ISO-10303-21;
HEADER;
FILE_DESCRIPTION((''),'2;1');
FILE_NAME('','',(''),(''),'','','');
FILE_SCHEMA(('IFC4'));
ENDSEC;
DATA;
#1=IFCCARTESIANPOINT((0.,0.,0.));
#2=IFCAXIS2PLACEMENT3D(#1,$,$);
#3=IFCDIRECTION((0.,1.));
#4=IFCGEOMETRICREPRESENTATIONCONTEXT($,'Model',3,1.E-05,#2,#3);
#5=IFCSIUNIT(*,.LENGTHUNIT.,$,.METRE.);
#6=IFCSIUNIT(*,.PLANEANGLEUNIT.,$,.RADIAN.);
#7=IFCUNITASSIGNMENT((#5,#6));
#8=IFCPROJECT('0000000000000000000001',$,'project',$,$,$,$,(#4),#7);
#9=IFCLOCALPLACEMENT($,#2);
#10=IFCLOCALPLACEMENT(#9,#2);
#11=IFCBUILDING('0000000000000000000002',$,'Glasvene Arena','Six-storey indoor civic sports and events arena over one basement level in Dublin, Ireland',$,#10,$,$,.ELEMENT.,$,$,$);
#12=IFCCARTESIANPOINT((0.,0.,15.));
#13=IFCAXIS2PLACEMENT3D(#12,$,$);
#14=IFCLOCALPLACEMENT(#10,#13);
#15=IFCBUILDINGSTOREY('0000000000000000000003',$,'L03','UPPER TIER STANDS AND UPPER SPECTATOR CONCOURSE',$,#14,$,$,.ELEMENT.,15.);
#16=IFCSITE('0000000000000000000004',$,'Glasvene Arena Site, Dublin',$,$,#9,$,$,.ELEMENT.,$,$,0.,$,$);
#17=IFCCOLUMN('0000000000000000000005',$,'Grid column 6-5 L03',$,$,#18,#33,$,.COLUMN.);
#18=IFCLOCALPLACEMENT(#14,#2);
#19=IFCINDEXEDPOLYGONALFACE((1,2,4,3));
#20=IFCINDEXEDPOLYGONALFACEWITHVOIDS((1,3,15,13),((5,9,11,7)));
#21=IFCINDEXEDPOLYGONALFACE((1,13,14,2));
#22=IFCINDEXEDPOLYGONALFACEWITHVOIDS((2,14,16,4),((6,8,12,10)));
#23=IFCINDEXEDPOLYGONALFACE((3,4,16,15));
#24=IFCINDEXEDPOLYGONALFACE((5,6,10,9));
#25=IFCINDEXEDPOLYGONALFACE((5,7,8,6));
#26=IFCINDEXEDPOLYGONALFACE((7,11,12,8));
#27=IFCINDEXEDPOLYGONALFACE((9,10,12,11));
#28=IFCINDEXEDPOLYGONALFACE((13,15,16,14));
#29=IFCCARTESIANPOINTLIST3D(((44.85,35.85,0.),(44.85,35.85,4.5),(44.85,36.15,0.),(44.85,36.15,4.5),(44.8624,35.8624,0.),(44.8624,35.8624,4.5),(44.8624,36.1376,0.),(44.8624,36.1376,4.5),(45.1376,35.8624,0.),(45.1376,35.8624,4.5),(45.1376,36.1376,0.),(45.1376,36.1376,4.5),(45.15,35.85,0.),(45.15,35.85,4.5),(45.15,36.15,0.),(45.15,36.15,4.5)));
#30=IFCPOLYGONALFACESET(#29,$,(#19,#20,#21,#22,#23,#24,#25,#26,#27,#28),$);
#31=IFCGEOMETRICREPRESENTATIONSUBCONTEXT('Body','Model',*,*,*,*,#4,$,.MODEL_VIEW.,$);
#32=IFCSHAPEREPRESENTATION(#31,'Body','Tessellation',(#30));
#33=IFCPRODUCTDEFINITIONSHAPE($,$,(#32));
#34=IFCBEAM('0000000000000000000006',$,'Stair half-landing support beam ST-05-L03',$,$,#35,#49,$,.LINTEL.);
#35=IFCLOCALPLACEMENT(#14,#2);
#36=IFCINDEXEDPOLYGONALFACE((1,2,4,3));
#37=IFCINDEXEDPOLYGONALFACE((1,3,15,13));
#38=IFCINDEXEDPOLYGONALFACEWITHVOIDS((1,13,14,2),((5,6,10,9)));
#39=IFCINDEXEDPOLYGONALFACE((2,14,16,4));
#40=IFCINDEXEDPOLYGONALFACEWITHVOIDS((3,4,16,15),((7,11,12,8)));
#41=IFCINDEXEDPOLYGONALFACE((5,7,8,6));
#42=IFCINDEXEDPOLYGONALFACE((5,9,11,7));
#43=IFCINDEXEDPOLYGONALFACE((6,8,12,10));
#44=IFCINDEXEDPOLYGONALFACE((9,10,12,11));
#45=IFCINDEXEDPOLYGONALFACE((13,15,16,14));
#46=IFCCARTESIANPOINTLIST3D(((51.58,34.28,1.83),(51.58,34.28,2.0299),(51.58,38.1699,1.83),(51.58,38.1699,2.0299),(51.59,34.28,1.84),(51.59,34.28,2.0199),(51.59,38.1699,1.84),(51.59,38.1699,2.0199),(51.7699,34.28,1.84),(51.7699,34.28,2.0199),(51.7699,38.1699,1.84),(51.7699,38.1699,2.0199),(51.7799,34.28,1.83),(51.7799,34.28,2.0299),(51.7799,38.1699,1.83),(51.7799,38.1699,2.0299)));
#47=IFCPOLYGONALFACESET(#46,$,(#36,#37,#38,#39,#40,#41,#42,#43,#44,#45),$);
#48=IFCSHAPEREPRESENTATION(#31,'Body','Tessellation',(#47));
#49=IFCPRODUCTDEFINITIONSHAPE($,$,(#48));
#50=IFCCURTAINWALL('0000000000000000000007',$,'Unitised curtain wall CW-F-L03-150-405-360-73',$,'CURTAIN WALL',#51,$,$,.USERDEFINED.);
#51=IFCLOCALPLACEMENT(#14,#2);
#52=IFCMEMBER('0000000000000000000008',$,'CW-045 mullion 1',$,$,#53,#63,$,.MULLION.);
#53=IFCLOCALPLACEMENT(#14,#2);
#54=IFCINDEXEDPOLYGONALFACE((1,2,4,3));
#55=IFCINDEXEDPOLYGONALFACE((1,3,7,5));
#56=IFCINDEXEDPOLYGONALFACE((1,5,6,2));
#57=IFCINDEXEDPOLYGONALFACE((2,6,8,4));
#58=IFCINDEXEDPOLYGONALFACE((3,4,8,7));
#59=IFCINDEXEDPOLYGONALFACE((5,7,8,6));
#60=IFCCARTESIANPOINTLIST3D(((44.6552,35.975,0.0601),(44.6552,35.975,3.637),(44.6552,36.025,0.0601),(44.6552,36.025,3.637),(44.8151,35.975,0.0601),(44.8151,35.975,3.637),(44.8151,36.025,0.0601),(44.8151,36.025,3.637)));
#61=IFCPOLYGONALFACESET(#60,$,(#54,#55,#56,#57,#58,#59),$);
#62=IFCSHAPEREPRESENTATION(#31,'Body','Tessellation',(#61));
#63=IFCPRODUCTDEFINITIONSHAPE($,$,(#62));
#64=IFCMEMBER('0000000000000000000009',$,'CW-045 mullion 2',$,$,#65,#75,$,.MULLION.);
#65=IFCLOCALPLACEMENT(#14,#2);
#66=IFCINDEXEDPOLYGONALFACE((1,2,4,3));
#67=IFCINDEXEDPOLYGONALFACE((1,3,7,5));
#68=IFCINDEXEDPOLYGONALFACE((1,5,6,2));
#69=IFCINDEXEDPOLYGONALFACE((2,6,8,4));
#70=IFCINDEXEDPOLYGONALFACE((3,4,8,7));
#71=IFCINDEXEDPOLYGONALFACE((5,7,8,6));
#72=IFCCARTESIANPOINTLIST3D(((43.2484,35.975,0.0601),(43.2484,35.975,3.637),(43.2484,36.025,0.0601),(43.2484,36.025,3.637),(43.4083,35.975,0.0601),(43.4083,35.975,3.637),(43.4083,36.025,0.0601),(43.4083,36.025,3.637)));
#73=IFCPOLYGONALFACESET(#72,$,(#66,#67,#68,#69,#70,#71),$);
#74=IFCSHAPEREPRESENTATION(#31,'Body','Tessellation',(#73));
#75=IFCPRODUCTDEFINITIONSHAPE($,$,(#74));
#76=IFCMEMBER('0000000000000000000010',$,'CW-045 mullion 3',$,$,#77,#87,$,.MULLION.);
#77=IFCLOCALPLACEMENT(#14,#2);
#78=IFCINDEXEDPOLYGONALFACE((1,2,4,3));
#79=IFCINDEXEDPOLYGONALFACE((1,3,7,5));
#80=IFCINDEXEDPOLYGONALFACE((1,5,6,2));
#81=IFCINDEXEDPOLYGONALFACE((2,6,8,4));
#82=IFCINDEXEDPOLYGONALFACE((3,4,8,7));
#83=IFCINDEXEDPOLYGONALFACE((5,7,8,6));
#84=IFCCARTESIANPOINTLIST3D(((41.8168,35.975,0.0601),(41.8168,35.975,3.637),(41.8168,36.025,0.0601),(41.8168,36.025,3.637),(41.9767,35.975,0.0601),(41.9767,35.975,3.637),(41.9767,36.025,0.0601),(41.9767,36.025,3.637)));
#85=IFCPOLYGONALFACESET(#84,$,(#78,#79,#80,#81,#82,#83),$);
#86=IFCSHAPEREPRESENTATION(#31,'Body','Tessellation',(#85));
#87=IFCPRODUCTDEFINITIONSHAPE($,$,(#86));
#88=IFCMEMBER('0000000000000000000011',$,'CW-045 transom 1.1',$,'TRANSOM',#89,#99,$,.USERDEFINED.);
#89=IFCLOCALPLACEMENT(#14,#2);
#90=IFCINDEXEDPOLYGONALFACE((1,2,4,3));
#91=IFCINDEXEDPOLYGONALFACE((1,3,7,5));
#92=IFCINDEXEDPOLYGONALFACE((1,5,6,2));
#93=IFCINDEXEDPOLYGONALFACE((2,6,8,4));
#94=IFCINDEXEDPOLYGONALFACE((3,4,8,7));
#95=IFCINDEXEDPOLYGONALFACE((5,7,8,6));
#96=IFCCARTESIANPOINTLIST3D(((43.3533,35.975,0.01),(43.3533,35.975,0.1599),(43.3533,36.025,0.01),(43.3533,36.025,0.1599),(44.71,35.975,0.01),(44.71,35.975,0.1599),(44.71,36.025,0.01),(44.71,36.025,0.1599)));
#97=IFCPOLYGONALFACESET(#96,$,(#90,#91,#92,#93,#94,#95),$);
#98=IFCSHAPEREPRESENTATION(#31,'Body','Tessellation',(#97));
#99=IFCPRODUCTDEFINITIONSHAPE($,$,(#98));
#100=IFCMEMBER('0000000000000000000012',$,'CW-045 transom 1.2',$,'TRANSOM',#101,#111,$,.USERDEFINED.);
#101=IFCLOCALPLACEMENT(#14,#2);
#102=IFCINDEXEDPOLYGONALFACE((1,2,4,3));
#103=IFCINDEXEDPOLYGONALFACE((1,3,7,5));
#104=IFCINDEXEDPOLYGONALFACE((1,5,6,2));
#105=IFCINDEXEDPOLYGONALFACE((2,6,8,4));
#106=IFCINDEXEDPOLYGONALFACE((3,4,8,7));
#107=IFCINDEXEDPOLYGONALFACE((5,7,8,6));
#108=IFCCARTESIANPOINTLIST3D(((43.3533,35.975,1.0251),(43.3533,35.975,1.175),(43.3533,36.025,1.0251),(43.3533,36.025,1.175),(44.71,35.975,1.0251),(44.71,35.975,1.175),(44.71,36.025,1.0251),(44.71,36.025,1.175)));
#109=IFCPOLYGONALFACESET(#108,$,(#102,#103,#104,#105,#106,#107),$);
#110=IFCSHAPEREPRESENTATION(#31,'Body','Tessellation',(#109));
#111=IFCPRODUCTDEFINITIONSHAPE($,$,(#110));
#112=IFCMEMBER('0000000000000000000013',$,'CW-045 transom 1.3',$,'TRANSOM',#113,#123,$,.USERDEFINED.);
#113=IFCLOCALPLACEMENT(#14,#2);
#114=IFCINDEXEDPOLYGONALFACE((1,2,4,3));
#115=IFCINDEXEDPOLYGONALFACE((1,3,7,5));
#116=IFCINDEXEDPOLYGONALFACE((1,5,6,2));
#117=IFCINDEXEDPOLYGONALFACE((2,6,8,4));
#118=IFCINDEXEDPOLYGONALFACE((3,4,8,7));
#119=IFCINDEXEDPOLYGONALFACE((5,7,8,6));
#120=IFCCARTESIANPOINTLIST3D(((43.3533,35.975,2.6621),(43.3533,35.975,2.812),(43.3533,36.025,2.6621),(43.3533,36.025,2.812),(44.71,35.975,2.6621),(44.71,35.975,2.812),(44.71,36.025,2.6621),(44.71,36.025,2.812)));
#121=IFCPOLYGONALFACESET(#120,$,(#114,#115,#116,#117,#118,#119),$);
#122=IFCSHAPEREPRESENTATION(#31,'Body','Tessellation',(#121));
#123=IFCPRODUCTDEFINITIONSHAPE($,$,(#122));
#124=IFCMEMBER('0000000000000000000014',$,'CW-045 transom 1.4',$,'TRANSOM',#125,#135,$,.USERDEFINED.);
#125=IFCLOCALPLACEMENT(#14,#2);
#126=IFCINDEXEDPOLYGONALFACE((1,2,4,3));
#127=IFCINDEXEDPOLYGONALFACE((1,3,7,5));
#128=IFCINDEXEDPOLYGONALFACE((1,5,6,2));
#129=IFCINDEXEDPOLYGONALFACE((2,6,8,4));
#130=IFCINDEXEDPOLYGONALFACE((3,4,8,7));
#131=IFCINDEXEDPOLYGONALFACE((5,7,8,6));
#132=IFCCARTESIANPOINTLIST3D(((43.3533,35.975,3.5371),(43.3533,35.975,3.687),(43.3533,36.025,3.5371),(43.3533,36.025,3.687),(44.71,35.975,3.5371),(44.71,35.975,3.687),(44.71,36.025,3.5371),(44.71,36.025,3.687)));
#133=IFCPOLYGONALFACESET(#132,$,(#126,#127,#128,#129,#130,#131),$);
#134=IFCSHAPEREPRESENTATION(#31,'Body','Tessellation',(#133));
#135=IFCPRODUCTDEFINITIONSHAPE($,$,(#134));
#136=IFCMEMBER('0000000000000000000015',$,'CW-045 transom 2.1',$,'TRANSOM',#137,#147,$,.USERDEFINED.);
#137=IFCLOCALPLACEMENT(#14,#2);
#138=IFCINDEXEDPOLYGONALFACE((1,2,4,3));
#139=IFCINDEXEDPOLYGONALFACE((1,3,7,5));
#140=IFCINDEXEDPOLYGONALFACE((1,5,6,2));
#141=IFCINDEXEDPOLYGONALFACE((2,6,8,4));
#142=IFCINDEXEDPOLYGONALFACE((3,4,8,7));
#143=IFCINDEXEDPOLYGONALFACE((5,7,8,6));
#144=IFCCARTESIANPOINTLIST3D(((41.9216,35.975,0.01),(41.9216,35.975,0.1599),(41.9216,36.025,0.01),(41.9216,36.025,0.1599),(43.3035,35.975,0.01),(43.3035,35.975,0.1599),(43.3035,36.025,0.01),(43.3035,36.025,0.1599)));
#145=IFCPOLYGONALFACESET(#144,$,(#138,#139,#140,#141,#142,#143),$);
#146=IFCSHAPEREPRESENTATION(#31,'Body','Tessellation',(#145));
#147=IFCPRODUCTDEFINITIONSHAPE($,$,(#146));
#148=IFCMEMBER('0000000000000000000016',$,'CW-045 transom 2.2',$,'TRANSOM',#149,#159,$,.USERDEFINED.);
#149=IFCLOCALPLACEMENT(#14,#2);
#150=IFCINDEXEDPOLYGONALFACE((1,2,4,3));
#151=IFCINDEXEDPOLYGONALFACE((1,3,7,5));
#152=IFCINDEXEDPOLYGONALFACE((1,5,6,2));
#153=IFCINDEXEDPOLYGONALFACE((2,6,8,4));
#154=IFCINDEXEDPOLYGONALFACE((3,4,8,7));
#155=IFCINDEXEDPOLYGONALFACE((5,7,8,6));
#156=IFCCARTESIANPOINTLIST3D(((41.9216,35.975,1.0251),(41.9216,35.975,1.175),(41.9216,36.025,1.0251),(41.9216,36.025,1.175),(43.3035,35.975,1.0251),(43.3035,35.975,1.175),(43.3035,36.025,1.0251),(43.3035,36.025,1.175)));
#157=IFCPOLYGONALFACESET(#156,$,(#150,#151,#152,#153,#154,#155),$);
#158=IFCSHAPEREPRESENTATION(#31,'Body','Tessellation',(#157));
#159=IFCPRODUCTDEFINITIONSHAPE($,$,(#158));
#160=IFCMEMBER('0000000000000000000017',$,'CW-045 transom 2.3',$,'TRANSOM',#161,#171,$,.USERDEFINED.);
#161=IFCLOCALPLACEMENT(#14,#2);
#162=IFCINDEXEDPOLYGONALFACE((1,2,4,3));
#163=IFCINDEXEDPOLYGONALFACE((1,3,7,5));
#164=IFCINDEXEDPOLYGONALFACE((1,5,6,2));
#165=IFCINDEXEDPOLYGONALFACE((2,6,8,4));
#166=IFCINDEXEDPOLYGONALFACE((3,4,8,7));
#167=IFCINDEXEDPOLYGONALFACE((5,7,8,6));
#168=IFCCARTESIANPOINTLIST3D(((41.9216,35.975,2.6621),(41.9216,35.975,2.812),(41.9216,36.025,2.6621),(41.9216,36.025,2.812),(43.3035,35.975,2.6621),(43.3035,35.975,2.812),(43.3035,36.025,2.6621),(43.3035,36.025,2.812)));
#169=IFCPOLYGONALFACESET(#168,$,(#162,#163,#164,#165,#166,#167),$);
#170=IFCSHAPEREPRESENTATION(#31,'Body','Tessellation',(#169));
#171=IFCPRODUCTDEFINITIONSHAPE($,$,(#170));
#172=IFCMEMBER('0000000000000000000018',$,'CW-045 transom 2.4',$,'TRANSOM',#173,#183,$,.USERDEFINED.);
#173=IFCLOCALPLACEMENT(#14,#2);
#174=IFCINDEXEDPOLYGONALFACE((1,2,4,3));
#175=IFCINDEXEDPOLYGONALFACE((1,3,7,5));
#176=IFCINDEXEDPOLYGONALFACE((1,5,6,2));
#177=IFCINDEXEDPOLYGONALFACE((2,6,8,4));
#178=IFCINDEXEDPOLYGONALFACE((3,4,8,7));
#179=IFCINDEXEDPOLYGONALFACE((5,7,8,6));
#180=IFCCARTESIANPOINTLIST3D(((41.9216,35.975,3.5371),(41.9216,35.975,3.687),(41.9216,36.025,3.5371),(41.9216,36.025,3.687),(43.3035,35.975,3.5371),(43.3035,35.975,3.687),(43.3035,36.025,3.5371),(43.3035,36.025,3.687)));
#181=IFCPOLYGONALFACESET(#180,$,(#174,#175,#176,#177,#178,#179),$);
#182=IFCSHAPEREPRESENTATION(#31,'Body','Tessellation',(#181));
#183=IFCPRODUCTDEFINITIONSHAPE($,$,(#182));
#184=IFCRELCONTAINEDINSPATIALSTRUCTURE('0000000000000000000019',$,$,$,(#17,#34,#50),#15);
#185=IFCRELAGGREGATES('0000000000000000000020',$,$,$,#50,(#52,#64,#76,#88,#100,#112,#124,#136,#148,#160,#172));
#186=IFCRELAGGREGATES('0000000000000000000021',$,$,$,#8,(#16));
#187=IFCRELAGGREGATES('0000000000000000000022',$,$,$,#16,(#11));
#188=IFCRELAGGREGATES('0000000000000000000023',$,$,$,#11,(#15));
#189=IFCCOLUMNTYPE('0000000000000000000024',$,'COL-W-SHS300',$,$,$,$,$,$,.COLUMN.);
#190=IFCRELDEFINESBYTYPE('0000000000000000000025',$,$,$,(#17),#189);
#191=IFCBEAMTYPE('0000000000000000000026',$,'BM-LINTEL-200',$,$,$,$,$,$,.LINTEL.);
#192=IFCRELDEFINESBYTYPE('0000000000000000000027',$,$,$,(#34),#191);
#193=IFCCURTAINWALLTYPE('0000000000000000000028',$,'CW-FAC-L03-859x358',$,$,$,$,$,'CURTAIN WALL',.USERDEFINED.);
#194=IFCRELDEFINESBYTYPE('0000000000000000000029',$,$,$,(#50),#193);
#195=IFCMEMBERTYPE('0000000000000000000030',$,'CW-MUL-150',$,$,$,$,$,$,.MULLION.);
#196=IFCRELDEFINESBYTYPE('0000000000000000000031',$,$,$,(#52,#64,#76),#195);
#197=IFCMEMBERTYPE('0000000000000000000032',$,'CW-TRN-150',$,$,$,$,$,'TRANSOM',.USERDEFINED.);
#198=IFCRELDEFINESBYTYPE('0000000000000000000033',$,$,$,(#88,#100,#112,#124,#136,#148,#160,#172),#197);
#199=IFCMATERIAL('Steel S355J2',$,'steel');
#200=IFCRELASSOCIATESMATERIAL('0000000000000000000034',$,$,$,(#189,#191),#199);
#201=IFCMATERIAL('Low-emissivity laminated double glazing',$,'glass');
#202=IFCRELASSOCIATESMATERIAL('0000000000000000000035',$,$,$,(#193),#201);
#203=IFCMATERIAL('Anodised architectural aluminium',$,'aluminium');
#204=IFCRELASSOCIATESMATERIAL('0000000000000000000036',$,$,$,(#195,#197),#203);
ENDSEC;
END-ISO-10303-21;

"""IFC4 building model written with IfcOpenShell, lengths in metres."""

from ifc_helpers import new_model, si_unit, direction, frame, origin, origin_2d, place, context, subcontext, project, spatial, rectangle, hollow_rectangle, extrude, material, material_profile, profile_set, type_object, element, aggregate, save


model = new_model("IFC4")

# Units and contexts
model_context = context("Model", 3, precision=1e-05, world=origin(), true_north=direction((0.0, 1.0)))
body_context = subcontext(model_context, "Body", "Model", "MODEL_VIEW")
ifc_project = project(units=[si_unit("LENGTHUNIT", "METRE"), si_unit("PLANEANGLEUNIT", "RADIAN")], contexts=[model_context])

# Site, building, storey
site_placement = place(None, origin())
site = spatial("IfcSite", under=ifc_project, at=site_placement, Name="Glasvene Arena Site, Dublin", CompositionType="ELEMENT", RefElevation=0.0)
building_placement = place(site_placement, origin())
building = spatial("IfcBuilding", under=site, at=building_placement, Name="Glasvene Arena", Description="Six-storey indoor civic sports and events arena over one basement level in Dublin, Ireland", CompositionType="ELEMENT")
storey_placement = place(building_placement, frame((0.0, 0.0, 15.0)))
storey = spatial("IfcBuildingStorey", under=building, at=storey_placement, Name="L03", Description="UPPER TIER STANDS AND UPPER SPECTATOR CONCOURSE", CompositionType="ELEMENT", Elevation=15.0)

# Column
ifc_material_1 = material(Name="Steel S355J2", Category="steel")
ifc_material_profile_1 = material_profile(ifc_material_1, hollow_rectangle(XDim=0.3, YDim=0.3, WallThickness=0.0125, at=origin_2d()), Name="SHS 300x300x12.5")
ifc_profile_set_1 = profile_set([ifc_material_profile_1], Name="Steel S355J2")
column_type = type_object("IfcColumnType", Name="COL-W-SHS300", PredefinedType="COLUMN", material=ifc_profile_set_1)
column_placement = place(storey_placement, frame((45.0, 36.0, 0.0), z_axis=(0.0, 0.0, 1.0), x_axis=(1.0, 0.0, 0.0)))
element("IfcColumn", 1, at=column_placement, inside=storey, type_object=column_type, Name="Grid column 6-5 L03", PredefinedType="COLUMN", context=body_context, shape_type="SweptSolid", body=[
    extrude(hollow_rectangle(XDim=0.3, YDim=0.3, WallThickness=0.0125, at=origin_2d()), origin(), (0.0, 0.0, 1.0), 4.5),
])

# Beam
ifc_material_profile_2 = material_profile(ifc_material_1, hollow_rectangle(XDim=0.2, YDim=0.2, WallThickness=0.01, at=origin_2d()), Name="SHS 200x200x10.0")
ifc_profile_set_2 = profile_set([ifc_material_profile_2], Name="Steel S355J2")
beam_type = type_object("IfcBeamType", Name="BM-LINTEL-200", PredefinedType="LINTEL", material=ifc_profile_set_2)
beam_placement = place(storey_placement, frame((51.6799, 34.28, 1.9299), z_axis=(0.0, 1.0, 0.0), x_axis=(-1.0, 0.0, 0.0)))
element("IfcBeam", 2, at=beam_placement, inside=storey, type_object=beam_type, Name="Stair half-landing support beam ST-05-L03", PredefinedType="LINTEL", context=body_context, shape_type="SweptSolid", body=[
    extrude(hollow_rectangle(XDim=0.2, YDim=0.2, WallThickness=0.01, at=origin_2d()), origin(), (0.0, 0.0, 1.0), 3.8899),
])

# Curtain wall, members
ifc_material_2 = material(Name="Low-emissivity laminated double glazing", Category="glass")
curtain_wall_type = type_object("IfcCurtainWallType", Name="CW-FAC-L03-859x358", ElementType="CURTAIN WALL", PredefinedType="USERDEFINED", material=ifc_material_2)
curtain_wall_placement = place(storey_placement, frame((44.76, 36.0, 0.0)))
curtain_wall = element("IfcCurtainWall", 3, at=curtain_wall_placement, inside=storey, type_object=curtain_wall_type, Name="Unitised curtain wall CW-F-L03-150-405-360-73", ObjectType="CURTAIN WALL", PredefinedType="USERDEFINED")
ifc_material_3 = material(Name="Anodised architectural aluminium", Category="aluminium")
ifc_material_profile_3 = material_profile(ifc_material_3, rectangle(XDim=0.05, YDim=0.1599, at=origin_2d()), Name="ALU MULLION 50x160")
ifc_profile_set_3 = profile_set([ifc_material_profile_3], Name="Anodised architectural aluminium")
member_type_1 = type_object("IfcMemberType", Name="CW-MUL-150", PredefinedType="MULLION", material=ifc_profile_set_3)
member_1_placement = place(storey_placement, frame((44.7351, 36.0, 0.0601), z_axis=(0.0, 0.0, 1.0), x_axis=(0.0, -1.0, 0.0)))
member_1 = element("IfcMember", 4, at=member_1_placement, type_object=member_type_1, Name="CW-045 mullion 1", PredefinedType="MULLION", context=body_context, shape_type="SweptSolid", body=[
    extrude(rectangle(XDim=0.05, YDim=0.1599, at=origin_2d()), origin(), (0.0, 0.0, 1.0), 3.5769),
])
member_2_placement = place(storey_placement, frame((43.3284, 36.0, 0.0601), z_axis=(0.0, 0.0, 1.0), x_axis=(0.0, -1.0, 0.0)))
member_2 = element("IfcMember", 5, at=member_2_placement, type_object=member_type_1, Name="CW-045 mullion 2", PredefinedType="MULLION", context=body_context, shape_type="SweptSolid", body=[
    extrude(rectangle(XDim=0.05, YDim=0.1599, at=origin_2d()), origin(), (0.0, 0.0, 1.0), 3.5769),
])
member_3_placement = place(storey_placement, frame((41.8967, 36.0, 0.0601), z_axis=(0.0, 0.0, 1.0), x_axis=(0.0, -1.0, 0.0)))
member_3 = element("IfcMember", 6, at=member_3_placement, type_object=member_type_1, Name="CW-045 mullion 3", PredefinedType="MULLION", context=body_context, shape_type="SweptSolid", body=[
    extrude(rectangle(XDim=0.05, YDim=0.1599, at=origin_2d()), origin(), (0.0, 0.0, 1.0), 3.5769),
])
ifc_material_profile_4 = material_profile(ifc_material_3, rectangle(XDim=0.05, YDim=0.1499, at=origin_2d()), Name="ALU TRANSOM 50x150")
ifc_profile_set_4 = profile_set([ifc_material_profile_4], Name="Anodised architectural aluminium")
member_type_2 = type_object("IfcMemberType", Name="CW-TRN-150", ElementType="TRANSOM", PredefinedType="USERDEFINED", material=ifc_profile_set_4)
member_4_placement = place(storey_placement, frame((44.71, 36.0, 0.085), z_axis=(-1.0, 0.0, 0.0), x_axis=(0.0, -1.0, 0.0)))
member_4 = element("IfcMember", 7, at=member_4_placement, type_object=member_type_2, Name="CW-045 transom 1.1", ObjectType="TRANSOM", PredefinedType="USERDEFINED", context=body_context, shape_type="SweptSolid", body=[
    extrude(rectangle(XDim=0.05, YDim=0.1499, at=origin_2d()), origin(), (0.0, 0.0, 1.0), 1.3567),
])
member_5_placement = place(storey_placement, frame((44.71, 36.0, 1.1001), z_axis=(-1.0, 0.0, 0.0), x_axis=(0.0, -1.0, 0.0)))
member_5 = element("IfcMember", 8, at=member_5_placement, type_object=member_type_2, Name="CW-045 transom 1.2", ObjectType="TRANSOM", PredefinedType="USERDEFINED", context=body_context, shape_type="SweptSolid", body=[
    extrude(rectangle(XDim=0.05, YDim=0.1499, at=origin_2d()), origin(), (0.0, 0.0, 1.0), 1.3567),
])
member_6_placement = place(storey_placement, frame((44.71, 36.0, 2.7371), z_axis=(-1.0, 0.0, 0.0), x_axis=(0.0, -1.0, 0.0)))
member_6 = element("IfcMember", 9, at=member_6_placement, type_object=member_type_2, Name="CW-045 transom 1.3", ObjectType="TRANSOM", PredefinedType="USERDEFINED", context=body_context, shape_type="SweptSolid", body=[
    extrude(rectangle(XDim=0.05, YDim=0.1499, at=origin_2d()), origin(), (0.0, 0.0, 1.0), 1.3567),
])
member_7_placement = place(storey_placement, frame((44.71, 36.0, 3.6121), z_axis=(-1.0, 0.0, 0.0), x_axis=(0.0, -1.0, 0.0)))
member_7 = element("IfcMember", 10, at=member_7_placement, type_object=member_type_2, Name="CW-045 transom 1.4", ObjectType="TRANSOM", PredefinedType="USERDEFINED", context=body_context, shape_type="SweptSolid", body=[
    extrude(rectangle(XDim=0.05, YDim=0.1499, at=origin_2d()), origin(), (0.0, 0.0, 1.0), 1.3567),
])
member_8_placement = place(storey_placement, frame((43.3035, 36.0, 0.085), z_axis=(-1.0, 0.0, 0.0), x_axis=(0.0, -1.0, 0.0)))
member_8 = element("IfcMember", 11, at=member_8_placement, type_object=member_type_2, Name="CW-045 transom 2.1", ObjectType="TRANSOM", PredefinedType="USERDEFINED", context=body_context, shape_type="SweptSolid", body=[
    extrude(rectangle(XDim=0.05, YDim=0.1499, at=origin_2d()), origin(), (0.0, 0.0, 1.0), 1.3818),
])
member_9_placement = place(storey_placement, frame((43.3035, 36.0, 1.1001), z_axis=(-1.0, 0.0, 0.0), x_axis=(0.0, -1.0, 0.0)))
member_9 = element("IfcMember", 12, at=member_9_placement, type_object=member_type_2, Name="CW-045 transom 2.2", ObjectType="TRANSOM", PredefinedType="USERDEFINED", context=body_context, shape_type="SweptSolid", body=[
    extrude(rectangle(XDim=0.05, YDim=0.1499, at=origin_2d()), origin(), (0.0, 0.0, 1.0), 1.3818),
])
member_10_placement = place(storey_placement, frame((43.3035, 36.0, 2.7371), z_axis=(-1.0, 0.0, 0.0), x_axis=(0.0, -1.0, 0.0)))
member_10 = element("IfcMember", 13, at=member_10_placement, type_object=member_type_2, Name="CW-045 transom 2.3", ObjectType="TRANSOM", PredefinedType="USERDEFINED", context=body_context, shape_type="SweptSolid", body=[
    extrude(rectangle(XDim=0.05, YDim=0.1499, at=origin_2d()), origin(), (0.0, 0.0, 1.0), 1.3818),
])
member_11_placement = place(storey_placement, frame((43.3035, 36.0, 3.6121), z_axis=(-1.0, 0.0, 0.0), x_axis=(0.0, -1.0, 0.0)))
member_11 = element("IfcMember", 14, at=member_11_placement, type_object=member_type_2, Name="CW-045 transom 2.4", ObjectType="TRANSOM", PredefinedType="USERDEFINED", context=body_context, shape_type="SweptSolid", body=[
    extrude(rectangle(XDim=0.05, YDim=0.1499, at=origin_2d()), origin(), (0.0, 0.0, 1.0), 1.3818),
])
aggregate(curtain_wall, [member_1, member_2, member_3, member_4, member_5, member_6, member_7, member_8, member_9, member_10, member_11])

save(model, "model.ifc")
